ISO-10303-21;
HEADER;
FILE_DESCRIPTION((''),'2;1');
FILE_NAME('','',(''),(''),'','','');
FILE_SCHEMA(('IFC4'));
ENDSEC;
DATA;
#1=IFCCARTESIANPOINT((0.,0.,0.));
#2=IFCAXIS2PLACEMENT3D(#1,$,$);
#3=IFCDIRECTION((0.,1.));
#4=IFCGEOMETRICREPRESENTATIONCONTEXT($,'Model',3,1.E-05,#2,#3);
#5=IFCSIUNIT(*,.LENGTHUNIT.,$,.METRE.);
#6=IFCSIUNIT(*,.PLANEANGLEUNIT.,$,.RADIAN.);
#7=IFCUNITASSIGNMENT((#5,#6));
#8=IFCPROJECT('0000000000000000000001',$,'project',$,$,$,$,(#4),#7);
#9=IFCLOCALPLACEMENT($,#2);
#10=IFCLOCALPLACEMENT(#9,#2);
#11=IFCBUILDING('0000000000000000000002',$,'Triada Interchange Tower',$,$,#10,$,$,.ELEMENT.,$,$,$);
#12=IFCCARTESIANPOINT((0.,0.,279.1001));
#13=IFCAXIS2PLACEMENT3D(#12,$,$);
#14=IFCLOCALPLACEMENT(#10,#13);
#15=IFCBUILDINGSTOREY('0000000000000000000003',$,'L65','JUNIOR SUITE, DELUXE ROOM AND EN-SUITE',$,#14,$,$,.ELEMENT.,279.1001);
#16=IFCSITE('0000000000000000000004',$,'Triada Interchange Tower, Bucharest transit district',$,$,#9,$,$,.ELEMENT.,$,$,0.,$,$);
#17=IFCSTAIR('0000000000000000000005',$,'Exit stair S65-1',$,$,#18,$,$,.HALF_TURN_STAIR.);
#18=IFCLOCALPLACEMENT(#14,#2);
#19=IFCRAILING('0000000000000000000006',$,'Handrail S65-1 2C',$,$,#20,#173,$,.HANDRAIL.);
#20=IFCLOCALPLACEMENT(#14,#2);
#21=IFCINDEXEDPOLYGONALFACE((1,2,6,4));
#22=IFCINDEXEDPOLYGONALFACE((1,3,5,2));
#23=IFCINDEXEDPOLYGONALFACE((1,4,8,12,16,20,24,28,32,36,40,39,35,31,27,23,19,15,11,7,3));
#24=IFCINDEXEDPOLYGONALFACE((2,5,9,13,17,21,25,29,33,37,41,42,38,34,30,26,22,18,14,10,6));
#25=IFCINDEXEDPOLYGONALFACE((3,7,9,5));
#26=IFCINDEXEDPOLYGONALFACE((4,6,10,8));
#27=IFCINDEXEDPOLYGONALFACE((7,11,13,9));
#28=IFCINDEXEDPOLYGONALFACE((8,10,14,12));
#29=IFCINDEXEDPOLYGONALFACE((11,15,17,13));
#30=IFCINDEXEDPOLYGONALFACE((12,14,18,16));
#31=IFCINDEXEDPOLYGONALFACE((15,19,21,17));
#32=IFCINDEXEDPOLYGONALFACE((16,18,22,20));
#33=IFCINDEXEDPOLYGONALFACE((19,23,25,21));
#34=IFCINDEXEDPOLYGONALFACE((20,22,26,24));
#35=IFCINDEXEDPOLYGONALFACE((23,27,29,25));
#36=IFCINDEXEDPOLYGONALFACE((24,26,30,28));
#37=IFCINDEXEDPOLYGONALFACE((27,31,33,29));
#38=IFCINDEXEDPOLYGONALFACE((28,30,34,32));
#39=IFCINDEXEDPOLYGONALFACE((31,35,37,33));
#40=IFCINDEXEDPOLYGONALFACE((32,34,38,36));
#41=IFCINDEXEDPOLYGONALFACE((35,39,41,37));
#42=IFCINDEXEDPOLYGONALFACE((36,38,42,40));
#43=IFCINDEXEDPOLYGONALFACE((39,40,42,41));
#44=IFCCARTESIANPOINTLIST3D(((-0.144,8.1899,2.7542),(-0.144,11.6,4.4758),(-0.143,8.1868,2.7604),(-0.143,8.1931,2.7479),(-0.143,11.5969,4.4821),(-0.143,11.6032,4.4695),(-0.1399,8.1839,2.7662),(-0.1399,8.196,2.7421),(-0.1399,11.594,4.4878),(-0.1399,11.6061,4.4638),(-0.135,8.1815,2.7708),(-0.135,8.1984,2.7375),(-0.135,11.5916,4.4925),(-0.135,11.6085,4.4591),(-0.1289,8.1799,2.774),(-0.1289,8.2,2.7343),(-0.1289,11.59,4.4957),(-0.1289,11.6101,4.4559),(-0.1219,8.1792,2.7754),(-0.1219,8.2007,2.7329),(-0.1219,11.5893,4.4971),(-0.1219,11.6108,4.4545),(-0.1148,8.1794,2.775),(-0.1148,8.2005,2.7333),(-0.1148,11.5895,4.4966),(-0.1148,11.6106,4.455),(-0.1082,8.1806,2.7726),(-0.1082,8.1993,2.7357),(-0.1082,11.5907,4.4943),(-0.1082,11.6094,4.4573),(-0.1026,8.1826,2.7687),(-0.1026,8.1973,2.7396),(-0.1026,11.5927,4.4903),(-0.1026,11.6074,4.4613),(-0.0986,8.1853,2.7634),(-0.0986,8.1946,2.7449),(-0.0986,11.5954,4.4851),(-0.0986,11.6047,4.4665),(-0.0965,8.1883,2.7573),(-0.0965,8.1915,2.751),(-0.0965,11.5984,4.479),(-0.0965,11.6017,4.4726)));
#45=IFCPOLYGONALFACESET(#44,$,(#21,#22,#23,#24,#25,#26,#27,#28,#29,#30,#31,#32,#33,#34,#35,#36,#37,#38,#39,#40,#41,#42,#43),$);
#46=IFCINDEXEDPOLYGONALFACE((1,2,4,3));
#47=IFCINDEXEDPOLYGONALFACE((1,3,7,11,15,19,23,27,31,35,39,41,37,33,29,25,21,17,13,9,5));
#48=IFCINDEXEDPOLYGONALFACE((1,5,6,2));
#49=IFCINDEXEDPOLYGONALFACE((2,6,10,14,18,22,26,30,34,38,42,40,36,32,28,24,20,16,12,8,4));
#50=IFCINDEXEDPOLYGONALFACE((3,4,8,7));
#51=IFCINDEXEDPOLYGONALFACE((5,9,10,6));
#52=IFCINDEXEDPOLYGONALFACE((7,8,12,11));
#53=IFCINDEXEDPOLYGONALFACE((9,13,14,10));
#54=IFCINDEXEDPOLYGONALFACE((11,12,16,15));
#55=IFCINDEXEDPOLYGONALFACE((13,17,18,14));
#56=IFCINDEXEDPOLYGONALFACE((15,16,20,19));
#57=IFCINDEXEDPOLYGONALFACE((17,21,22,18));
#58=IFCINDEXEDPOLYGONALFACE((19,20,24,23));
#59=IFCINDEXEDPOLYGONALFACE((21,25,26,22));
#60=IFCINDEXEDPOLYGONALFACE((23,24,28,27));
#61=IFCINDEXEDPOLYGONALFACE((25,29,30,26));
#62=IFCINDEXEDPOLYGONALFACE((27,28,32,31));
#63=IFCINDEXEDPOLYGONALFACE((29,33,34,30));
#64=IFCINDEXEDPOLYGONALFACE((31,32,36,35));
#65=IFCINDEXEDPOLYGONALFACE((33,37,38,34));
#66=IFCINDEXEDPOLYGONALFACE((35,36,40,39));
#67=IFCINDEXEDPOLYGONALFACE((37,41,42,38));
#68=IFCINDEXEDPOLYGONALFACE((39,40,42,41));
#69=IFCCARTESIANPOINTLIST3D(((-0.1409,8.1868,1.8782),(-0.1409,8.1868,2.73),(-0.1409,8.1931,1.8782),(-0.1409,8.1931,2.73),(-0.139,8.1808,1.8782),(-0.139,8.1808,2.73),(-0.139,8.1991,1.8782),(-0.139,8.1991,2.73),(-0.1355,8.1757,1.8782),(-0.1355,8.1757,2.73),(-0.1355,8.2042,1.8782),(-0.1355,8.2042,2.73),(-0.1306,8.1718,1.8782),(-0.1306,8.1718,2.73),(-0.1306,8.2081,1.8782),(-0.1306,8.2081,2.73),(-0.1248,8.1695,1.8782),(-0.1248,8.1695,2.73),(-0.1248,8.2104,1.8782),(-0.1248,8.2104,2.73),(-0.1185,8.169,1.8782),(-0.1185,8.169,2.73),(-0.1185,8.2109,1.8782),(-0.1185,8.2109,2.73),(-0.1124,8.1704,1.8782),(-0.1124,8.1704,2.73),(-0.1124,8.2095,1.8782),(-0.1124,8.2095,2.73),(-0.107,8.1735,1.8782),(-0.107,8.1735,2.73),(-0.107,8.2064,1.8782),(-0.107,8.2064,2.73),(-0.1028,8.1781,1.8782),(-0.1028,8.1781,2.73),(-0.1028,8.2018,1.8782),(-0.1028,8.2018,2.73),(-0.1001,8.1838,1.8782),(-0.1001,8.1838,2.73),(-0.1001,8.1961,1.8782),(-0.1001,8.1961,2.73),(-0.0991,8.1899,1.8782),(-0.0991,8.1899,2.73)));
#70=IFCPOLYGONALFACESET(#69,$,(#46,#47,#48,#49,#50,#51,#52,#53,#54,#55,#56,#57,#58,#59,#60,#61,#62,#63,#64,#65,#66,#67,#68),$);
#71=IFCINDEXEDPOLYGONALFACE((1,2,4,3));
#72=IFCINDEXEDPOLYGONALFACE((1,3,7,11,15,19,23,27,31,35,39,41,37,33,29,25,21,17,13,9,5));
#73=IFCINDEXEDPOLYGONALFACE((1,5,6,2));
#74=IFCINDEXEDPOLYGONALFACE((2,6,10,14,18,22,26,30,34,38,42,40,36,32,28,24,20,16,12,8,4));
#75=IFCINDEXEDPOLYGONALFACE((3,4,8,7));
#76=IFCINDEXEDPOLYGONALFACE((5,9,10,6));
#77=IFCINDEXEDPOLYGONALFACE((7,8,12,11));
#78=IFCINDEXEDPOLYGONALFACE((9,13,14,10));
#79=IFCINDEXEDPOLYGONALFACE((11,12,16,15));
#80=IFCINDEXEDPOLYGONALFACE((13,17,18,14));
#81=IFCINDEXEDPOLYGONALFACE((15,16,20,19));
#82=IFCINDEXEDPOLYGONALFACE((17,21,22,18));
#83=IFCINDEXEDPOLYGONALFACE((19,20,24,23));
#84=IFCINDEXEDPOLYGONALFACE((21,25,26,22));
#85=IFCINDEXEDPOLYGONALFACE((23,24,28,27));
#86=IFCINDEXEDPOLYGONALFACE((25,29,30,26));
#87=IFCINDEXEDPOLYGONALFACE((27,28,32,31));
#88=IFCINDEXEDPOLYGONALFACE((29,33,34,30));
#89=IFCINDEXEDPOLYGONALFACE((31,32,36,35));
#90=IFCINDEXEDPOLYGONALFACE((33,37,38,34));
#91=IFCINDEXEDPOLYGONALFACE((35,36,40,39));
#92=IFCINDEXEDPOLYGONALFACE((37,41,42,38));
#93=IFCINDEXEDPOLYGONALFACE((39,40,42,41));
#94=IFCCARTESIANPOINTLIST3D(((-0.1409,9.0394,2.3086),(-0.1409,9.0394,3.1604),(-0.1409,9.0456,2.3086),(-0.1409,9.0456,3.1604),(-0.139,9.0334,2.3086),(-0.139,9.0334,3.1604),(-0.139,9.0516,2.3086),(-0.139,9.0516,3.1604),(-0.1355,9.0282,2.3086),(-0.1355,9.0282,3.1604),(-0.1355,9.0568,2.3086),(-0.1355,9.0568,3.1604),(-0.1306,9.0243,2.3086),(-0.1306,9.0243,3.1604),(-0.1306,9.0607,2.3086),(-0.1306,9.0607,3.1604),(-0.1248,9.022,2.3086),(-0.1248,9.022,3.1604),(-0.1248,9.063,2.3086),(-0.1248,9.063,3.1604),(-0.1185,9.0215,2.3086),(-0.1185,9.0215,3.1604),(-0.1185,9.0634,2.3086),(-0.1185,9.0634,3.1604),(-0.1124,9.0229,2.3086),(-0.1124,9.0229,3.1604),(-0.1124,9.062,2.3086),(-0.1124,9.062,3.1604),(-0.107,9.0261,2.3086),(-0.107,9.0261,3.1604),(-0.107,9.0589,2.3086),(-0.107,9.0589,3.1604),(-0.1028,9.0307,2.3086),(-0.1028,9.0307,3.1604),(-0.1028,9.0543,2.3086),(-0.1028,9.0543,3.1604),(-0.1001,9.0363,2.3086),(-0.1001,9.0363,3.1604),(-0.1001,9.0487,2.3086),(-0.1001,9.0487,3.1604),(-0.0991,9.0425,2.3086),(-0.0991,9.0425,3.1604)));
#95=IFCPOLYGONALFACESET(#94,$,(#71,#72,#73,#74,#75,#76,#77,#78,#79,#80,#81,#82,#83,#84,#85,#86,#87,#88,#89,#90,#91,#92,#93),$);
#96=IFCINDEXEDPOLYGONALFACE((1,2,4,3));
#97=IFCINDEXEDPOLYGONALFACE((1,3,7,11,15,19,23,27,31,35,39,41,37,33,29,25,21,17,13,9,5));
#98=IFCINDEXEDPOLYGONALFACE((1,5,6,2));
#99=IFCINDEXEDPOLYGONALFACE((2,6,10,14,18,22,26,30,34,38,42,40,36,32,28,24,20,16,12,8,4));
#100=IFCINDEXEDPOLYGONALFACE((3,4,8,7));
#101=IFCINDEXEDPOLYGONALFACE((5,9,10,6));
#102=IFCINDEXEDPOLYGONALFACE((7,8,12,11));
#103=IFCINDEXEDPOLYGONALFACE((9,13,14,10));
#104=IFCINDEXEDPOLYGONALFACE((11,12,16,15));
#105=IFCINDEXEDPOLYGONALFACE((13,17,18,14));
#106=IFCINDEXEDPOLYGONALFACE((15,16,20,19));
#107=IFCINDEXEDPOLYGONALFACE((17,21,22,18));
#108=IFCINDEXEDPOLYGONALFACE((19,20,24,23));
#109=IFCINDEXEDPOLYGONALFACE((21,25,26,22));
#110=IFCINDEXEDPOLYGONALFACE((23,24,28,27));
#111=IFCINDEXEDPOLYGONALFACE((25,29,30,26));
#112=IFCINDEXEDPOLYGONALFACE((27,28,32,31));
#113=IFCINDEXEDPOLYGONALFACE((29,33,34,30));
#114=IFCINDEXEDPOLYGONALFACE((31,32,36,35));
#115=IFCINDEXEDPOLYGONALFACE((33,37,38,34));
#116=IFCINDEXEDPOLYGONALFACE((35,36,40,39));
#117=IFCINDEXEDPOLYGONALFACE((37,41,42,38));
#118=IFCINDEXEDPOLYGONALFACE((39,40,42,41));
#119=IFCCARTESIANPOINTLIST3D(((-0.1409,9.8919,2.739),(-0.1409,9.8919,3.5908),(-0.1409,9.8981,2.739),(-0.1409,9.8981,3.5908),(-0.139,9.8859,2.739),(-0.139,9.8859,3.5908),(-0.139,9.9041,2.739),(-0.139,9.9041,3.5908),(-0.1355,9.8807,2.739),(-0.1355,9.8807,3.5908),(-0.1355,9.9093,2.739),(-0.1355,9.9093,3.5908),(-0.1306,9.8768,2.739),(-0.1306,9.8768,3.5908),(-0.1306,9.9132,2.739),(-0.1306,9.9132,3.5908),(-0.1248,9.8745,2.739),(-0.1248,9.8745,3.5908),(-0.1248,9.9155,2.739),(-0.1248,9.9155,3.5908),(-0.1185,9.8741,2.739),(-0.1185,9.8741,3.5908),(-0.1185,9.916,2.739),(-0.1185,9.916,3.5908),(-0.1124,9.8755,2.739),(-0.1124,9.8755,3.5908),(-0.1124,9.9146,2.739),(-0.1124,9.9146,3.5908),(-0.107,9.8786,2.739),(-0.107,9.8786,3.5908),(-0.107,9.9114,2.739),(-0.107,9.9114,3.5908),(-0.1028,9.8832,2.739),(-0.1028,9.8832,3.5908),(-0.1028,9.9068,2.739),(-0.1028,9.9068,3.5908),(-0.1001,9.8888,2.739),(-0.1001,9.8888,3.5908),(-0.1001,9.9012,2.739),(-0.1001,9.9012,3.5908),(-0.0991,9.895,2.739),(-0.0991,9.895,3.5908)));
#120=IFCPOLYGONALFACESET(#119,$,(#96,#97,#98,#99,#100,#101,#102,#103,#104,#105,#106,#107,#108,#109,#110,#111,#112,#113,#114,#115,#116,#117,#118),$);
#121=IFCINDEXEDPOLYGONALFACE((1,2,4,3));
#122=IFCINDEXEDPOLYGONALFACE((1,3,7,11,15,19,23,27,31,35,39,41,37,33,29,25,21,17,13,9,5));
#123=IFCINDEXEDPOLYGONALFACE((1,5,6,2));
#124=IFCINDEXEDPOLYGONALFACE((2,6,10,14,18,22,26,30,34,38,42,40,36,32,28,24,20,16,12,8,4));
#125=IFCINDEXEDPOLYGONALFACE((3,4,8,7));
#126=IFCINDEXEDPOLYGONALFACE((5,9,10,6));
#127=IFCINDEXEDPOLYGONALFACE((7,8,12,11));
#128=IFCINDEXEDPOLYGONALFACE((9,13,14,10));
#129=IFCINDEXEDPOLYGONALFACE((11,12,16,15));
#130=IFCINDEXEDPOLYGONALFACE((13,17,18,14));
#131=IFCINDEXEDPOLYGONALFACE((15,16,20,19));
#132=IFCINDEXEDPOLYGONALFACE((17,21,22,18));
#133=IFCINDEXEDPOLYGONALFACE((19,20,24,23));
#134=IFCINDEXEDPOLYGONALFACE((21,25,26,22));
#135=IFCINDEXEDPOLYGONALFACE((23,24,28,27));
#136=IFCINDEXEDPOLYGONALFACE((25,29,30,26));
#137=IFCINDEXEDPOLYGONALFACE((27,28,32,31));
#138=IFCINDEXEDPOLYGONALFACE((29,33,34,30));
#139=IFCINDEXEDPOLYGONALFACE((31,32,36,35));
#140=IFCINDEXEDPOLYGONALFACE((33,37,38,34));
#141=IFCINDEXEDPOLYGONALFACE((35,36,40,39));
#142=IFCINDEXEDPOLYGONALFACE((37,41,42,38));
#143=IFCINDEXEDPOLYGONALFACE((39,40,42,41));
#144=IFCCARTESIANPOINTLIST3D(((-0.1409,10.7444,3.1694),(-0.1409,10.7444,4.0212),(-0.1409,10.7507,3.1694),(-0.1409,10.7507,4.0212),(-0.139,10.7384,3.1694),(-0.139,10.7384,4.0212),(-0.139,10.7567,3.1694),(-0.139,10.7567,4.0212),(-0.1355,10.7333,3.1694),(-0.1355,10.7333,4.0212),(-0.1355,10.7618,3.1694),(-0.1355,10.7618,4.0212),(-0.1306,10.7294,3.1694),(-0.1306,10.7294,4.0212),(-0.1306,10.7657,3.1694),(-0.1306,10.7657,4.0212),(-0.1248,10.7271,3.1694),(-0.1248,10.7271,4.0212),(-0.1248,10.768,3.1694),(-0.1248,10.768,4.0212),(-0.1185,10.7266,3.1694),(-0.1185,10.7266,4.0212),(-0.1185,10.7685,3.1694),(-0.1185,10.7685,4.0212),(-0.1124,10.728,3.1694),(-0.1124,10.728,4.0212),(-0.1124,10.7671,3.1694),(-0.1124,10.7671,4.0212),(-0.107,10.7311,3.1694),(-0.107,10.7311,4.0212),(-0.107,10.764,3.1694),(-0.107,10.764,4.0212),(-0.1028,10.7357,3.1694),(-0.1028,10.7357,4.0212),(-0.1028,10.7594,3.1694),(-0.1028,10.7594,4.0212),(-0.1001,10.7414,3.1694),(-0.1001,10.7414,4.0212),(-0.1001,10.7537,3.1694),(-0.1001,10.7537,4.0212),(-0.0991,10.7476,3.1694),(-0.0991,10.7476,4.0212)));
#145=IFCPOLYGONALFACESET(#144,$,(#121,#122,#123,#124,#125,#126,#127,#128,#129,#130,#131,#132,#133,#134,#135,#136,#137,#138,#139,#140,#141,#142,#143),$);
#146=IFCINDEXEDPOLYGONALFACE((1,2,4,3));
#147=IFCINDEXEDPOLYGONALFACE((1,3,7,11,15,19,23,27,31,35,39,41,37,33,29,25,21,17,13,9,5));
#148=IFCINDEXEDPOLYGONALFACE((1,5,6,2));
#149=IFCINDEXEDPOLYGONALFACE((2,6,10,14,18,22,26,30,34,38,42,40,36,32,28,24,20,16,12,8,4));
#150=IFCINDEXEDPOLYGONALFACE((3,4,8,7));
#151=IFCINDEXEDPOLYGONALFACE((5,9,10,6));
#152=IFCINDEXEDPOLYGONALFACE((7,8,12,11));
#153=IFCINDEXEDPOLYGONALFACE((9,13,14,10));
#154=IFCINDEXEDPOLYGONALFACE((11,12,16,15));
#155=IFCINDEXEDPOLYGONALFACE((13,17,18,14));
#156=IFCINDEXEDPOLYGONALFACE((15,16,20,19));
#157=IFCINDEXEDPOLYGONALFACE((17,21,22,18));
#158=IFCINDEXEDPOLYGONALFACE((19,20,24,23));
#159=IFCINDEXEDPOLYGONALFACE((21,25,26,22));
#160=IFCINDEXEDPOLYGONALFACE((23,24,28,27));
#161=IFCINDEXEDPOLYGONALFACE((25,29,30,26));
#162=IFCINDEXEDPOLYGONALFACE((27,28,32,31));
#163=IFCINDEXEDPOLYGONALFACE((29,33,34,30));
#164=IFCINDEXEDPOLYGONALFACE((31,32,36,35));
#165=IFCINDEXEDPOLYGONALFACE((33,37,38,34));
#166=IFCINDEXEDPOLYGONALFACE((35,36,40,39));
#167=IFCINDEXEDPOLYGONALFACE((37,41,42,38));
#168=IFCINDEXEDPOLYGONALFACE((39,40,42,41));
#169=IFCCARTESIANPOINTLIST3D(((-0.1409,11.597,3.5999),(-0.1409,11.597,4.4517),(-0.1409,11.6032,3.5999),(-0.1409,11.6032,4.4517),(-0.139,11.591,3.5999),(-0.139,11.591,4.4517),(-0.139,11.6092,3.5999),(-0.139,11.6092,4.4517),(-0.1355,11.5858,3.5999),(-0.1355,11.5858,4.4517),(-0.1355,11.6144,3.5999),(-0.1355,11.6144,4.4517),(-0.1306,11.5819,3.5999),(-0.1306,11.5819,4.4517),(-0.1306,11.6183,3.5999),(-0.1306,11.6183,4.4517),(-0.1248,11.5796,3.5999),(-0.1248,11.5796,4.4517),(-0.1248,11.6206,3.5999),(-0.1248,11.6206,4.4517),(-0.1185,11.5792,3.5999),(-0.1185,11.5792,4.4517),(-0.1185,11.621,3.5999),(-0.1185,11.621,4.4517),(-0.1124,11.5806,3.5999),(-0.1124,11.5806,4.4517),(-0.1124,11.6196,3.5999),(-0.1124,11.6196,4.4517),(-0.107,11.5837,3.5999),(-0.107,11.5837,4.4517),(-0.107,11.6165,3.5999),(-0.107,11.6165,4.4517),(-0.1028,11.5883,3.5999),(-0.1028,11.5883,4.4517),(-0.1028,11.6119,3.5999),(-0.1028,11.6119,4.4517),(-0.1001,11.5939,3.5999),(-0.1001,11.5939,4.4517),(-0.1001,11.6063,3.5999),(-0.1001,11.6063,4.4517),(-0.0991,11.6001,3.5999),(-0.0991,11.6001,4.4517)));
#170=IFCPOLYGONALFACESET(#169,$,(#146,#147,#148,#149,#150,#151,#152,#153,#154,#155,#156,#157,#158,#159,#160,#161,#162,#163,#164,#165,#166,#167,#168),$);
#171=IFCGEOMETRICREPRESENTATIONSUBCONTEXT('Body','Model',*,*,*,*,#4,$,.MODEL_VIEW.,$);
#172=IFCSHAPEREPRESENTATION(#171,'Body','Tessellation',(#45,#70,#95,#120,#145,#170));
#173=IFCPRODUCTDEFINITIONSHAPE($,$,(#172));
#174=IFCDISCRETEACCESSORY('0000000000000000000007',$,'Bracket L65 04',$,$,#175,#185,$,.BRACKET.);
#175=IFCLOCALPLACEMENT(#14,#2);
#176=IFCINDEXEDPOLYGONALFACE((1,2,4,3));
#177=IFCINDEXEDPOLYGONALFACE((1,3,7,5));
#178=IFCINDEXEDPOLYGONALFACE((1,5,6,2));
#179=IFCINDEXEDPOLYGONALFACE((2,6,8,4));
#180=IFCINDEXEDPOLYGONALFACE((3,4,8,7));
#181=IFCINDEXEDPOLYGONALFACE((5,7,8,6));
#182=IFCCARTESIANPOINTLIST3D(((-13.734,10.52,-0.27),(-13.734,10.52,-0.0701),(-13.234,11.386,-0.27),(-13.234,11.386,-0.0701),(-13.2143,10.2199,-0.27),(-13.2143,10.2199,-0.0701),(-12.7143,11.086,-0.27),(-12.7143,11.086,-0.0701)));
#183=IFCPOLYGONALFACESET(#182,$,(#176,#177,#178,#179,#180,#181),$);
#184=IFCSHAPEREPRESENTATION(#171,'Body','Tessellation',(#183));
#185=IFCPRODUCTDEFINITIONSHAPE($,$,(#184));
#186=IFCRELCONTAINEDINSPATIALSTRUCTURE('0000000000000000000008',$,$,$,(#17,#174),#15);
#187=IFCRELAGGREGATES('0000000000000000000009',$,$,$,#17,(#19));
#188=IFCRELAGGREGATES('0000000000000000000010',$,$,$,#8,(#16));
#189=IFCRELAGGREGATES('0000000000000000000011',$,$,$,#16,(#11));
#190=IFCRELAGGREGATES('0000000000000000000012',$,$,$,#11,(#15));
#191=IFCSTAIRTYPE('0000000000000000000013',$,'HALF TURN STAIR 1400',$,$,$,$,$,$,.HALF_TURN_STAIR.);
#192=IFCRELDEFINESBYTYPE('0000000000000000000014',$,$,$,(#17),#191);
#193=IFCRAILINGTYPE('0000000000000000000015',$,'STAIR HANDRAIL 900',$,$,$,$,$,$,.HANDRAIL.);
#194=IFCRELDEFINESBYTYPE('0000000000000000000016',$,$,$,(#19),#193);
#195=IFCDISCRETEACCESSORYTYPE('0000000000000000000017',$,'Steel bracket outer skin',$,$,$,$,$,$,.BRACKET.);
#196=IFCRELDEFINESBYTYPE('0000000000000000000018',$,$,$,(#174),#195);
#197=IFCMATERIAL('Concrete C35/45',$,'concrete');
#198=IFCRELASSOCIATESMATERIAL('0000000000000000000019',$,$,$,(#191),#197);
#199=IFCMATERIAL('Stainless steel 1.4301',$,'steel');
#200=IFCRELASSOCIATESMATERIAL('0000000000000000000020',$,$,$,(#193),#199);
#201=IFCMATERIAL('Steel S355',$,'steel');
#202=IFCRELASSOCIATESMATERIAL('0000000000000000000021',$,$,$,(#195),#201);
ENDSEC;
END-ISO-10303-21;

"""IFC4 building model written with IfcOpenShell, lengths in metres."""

from ifc_helpers import new_model, si_unit, direction, frame, origin, origin_2d, place, context, subcontext, project, spatial, rectangle, circle, extrude, material, type_object, element, aggregate, save


model = new_model("IFC4")

# Units and contexts
model_context = context("Model", 3, precision=1e-05, world=origin(), true_north=direction((0.0, 1.0)))
body_context = subcontext(model_context, "Body", "Model", "MODEL_VIEW")
ifc_project = project(units=[si_unit("LENGTHUNIT", "METRE"), si_unit("PLANEANGLEUNIT", "RADIAN")], contexts=[model_context])

# Site, building, storey
site_placement = place(None, origin())
site = spatial("IfcSite", under=ifc_project, at=site_placement, Name="Triada Interchange Tower, Bucharest transit district", CompositionType="ELEMENT", RefElevation=0.0)
building_placement = place(site_placement, origin())
building = spatial("IfcBuilding", under=site, at=building_placement, Name="Triada Interchange Tower", CompositionType="ELEMENT")
storey_placement = place(building_placement, frame((0.0, 0.0, 279.1001)))
storey = spatial("IfcBuildingStorey", under=building, at=storey_placement, Name="L65", Description="JUNIOR SUITE, DELUXE ROOM AND EN-SUITE", CompositionType="ELEMENT", Elevation=279.1001)

# Stair
ifc_material_1 = material(Name="Concrete C35/45", Category="concrete")
stair_type = type_object("IfcStairType", Name="HALF TURN STAIR 1400", PredefinedType="HALF_TURN_STAIR", material=ifc_material_1)
stair_placement = place(storey_placement, origin())
stair = element("IfcStair", 1, at=stair_placement, inside=storey, type_object=stair_type, Name="Exit stair S65-1", PredefinedType="HALF_TURN_STAIR")

# Railing
ifc_material_2 = material(Name="Stainless steel 1.4301", Category="steel")
railing_type = type_object("IfcRailingType", Name="STAIR HANDRAIL 900", PredefinedType="HANDRAIL", material=ifc_material_2)
railing_1_placement = place(storey_placement, frame((-0.1201, 8.1899, 1.8782)))
railing_1 = element("IfcRailing", 2, at=railing_1_placement, type_object=railing_type, Name="Handrail S65-1 2C", PredefinedType="HANDRAIL", context=body_context, shape_type="SweptSolid", body=[
    extrude(circle(Radius=0.0239, at=origin_2d()), frame((0.0, 0.0, 0.876), z_axis=(0.0, 0.892682, 0.450687), x_axis=(-1.0, 0.0, 0.0)), (0.0, 0.0, 1.0), 3.8201),
    extrude(circle(Radius=0.021, at=origin_2d()), origin(), (0.0, 0.0, 1.0), 0.8518),
    extrude(circle(Radius=0.021, at=origin_2d()), frame((0.0, 0.8525, 0.4304)), (0.0, 0.0, 1.0), 0.8518),
    extrude(circle(Radius=0.021, at=origin_2d()), frame((0.0, 1.7051, 0.8608)), (0.0, 0.0, 1.0), 0.8518),
    extrude(circle(Radius=0.021, at=origin_2d()), frame((0.0, 2.5576, 1.2913)), (0.0, 0.0, 1.0), 0.8518),
    extrude(circle(Radius=0.021, at=origin_2d()), frame((0.0, 3.4102, 1.7217)), (0.0, 0.0, 1.0), 0.8518),
])
aggregate(stair, [railing_1])

# Discrete accessory
ifc_material_3 = material(Name="Steel S355", Category="steel")
discrete_accessory_type = type_object("IfcDiscreteAccessoryType", Name="Steel bracket outer skin", PredefinedType="BRACKET", material=ifc_material_3)
discrete_accessory_placement = place(storey_placement, frame((-13.2241, 10.803, -0.27), z_axis=(0.0, 0.0, 1.0), x_axis=(-0.866024, 0.500002, 0.0)))
element("IfcDiscreteAccessory", 3, at=discrete_accessory_placement, inside=storey, type_object=discrete_accessory_type, Name="Bracket L65 04", PredefinedType="BRACKET", context=body_context, shape_type="SweptSolid", body=[
    extrude(rectangle(XDim=0.6001, YDim=1.0, at=origin_2d()), origin(), (0.0, 0.0, 1.0), 0.2),
])

save(model, "model.ifc")
